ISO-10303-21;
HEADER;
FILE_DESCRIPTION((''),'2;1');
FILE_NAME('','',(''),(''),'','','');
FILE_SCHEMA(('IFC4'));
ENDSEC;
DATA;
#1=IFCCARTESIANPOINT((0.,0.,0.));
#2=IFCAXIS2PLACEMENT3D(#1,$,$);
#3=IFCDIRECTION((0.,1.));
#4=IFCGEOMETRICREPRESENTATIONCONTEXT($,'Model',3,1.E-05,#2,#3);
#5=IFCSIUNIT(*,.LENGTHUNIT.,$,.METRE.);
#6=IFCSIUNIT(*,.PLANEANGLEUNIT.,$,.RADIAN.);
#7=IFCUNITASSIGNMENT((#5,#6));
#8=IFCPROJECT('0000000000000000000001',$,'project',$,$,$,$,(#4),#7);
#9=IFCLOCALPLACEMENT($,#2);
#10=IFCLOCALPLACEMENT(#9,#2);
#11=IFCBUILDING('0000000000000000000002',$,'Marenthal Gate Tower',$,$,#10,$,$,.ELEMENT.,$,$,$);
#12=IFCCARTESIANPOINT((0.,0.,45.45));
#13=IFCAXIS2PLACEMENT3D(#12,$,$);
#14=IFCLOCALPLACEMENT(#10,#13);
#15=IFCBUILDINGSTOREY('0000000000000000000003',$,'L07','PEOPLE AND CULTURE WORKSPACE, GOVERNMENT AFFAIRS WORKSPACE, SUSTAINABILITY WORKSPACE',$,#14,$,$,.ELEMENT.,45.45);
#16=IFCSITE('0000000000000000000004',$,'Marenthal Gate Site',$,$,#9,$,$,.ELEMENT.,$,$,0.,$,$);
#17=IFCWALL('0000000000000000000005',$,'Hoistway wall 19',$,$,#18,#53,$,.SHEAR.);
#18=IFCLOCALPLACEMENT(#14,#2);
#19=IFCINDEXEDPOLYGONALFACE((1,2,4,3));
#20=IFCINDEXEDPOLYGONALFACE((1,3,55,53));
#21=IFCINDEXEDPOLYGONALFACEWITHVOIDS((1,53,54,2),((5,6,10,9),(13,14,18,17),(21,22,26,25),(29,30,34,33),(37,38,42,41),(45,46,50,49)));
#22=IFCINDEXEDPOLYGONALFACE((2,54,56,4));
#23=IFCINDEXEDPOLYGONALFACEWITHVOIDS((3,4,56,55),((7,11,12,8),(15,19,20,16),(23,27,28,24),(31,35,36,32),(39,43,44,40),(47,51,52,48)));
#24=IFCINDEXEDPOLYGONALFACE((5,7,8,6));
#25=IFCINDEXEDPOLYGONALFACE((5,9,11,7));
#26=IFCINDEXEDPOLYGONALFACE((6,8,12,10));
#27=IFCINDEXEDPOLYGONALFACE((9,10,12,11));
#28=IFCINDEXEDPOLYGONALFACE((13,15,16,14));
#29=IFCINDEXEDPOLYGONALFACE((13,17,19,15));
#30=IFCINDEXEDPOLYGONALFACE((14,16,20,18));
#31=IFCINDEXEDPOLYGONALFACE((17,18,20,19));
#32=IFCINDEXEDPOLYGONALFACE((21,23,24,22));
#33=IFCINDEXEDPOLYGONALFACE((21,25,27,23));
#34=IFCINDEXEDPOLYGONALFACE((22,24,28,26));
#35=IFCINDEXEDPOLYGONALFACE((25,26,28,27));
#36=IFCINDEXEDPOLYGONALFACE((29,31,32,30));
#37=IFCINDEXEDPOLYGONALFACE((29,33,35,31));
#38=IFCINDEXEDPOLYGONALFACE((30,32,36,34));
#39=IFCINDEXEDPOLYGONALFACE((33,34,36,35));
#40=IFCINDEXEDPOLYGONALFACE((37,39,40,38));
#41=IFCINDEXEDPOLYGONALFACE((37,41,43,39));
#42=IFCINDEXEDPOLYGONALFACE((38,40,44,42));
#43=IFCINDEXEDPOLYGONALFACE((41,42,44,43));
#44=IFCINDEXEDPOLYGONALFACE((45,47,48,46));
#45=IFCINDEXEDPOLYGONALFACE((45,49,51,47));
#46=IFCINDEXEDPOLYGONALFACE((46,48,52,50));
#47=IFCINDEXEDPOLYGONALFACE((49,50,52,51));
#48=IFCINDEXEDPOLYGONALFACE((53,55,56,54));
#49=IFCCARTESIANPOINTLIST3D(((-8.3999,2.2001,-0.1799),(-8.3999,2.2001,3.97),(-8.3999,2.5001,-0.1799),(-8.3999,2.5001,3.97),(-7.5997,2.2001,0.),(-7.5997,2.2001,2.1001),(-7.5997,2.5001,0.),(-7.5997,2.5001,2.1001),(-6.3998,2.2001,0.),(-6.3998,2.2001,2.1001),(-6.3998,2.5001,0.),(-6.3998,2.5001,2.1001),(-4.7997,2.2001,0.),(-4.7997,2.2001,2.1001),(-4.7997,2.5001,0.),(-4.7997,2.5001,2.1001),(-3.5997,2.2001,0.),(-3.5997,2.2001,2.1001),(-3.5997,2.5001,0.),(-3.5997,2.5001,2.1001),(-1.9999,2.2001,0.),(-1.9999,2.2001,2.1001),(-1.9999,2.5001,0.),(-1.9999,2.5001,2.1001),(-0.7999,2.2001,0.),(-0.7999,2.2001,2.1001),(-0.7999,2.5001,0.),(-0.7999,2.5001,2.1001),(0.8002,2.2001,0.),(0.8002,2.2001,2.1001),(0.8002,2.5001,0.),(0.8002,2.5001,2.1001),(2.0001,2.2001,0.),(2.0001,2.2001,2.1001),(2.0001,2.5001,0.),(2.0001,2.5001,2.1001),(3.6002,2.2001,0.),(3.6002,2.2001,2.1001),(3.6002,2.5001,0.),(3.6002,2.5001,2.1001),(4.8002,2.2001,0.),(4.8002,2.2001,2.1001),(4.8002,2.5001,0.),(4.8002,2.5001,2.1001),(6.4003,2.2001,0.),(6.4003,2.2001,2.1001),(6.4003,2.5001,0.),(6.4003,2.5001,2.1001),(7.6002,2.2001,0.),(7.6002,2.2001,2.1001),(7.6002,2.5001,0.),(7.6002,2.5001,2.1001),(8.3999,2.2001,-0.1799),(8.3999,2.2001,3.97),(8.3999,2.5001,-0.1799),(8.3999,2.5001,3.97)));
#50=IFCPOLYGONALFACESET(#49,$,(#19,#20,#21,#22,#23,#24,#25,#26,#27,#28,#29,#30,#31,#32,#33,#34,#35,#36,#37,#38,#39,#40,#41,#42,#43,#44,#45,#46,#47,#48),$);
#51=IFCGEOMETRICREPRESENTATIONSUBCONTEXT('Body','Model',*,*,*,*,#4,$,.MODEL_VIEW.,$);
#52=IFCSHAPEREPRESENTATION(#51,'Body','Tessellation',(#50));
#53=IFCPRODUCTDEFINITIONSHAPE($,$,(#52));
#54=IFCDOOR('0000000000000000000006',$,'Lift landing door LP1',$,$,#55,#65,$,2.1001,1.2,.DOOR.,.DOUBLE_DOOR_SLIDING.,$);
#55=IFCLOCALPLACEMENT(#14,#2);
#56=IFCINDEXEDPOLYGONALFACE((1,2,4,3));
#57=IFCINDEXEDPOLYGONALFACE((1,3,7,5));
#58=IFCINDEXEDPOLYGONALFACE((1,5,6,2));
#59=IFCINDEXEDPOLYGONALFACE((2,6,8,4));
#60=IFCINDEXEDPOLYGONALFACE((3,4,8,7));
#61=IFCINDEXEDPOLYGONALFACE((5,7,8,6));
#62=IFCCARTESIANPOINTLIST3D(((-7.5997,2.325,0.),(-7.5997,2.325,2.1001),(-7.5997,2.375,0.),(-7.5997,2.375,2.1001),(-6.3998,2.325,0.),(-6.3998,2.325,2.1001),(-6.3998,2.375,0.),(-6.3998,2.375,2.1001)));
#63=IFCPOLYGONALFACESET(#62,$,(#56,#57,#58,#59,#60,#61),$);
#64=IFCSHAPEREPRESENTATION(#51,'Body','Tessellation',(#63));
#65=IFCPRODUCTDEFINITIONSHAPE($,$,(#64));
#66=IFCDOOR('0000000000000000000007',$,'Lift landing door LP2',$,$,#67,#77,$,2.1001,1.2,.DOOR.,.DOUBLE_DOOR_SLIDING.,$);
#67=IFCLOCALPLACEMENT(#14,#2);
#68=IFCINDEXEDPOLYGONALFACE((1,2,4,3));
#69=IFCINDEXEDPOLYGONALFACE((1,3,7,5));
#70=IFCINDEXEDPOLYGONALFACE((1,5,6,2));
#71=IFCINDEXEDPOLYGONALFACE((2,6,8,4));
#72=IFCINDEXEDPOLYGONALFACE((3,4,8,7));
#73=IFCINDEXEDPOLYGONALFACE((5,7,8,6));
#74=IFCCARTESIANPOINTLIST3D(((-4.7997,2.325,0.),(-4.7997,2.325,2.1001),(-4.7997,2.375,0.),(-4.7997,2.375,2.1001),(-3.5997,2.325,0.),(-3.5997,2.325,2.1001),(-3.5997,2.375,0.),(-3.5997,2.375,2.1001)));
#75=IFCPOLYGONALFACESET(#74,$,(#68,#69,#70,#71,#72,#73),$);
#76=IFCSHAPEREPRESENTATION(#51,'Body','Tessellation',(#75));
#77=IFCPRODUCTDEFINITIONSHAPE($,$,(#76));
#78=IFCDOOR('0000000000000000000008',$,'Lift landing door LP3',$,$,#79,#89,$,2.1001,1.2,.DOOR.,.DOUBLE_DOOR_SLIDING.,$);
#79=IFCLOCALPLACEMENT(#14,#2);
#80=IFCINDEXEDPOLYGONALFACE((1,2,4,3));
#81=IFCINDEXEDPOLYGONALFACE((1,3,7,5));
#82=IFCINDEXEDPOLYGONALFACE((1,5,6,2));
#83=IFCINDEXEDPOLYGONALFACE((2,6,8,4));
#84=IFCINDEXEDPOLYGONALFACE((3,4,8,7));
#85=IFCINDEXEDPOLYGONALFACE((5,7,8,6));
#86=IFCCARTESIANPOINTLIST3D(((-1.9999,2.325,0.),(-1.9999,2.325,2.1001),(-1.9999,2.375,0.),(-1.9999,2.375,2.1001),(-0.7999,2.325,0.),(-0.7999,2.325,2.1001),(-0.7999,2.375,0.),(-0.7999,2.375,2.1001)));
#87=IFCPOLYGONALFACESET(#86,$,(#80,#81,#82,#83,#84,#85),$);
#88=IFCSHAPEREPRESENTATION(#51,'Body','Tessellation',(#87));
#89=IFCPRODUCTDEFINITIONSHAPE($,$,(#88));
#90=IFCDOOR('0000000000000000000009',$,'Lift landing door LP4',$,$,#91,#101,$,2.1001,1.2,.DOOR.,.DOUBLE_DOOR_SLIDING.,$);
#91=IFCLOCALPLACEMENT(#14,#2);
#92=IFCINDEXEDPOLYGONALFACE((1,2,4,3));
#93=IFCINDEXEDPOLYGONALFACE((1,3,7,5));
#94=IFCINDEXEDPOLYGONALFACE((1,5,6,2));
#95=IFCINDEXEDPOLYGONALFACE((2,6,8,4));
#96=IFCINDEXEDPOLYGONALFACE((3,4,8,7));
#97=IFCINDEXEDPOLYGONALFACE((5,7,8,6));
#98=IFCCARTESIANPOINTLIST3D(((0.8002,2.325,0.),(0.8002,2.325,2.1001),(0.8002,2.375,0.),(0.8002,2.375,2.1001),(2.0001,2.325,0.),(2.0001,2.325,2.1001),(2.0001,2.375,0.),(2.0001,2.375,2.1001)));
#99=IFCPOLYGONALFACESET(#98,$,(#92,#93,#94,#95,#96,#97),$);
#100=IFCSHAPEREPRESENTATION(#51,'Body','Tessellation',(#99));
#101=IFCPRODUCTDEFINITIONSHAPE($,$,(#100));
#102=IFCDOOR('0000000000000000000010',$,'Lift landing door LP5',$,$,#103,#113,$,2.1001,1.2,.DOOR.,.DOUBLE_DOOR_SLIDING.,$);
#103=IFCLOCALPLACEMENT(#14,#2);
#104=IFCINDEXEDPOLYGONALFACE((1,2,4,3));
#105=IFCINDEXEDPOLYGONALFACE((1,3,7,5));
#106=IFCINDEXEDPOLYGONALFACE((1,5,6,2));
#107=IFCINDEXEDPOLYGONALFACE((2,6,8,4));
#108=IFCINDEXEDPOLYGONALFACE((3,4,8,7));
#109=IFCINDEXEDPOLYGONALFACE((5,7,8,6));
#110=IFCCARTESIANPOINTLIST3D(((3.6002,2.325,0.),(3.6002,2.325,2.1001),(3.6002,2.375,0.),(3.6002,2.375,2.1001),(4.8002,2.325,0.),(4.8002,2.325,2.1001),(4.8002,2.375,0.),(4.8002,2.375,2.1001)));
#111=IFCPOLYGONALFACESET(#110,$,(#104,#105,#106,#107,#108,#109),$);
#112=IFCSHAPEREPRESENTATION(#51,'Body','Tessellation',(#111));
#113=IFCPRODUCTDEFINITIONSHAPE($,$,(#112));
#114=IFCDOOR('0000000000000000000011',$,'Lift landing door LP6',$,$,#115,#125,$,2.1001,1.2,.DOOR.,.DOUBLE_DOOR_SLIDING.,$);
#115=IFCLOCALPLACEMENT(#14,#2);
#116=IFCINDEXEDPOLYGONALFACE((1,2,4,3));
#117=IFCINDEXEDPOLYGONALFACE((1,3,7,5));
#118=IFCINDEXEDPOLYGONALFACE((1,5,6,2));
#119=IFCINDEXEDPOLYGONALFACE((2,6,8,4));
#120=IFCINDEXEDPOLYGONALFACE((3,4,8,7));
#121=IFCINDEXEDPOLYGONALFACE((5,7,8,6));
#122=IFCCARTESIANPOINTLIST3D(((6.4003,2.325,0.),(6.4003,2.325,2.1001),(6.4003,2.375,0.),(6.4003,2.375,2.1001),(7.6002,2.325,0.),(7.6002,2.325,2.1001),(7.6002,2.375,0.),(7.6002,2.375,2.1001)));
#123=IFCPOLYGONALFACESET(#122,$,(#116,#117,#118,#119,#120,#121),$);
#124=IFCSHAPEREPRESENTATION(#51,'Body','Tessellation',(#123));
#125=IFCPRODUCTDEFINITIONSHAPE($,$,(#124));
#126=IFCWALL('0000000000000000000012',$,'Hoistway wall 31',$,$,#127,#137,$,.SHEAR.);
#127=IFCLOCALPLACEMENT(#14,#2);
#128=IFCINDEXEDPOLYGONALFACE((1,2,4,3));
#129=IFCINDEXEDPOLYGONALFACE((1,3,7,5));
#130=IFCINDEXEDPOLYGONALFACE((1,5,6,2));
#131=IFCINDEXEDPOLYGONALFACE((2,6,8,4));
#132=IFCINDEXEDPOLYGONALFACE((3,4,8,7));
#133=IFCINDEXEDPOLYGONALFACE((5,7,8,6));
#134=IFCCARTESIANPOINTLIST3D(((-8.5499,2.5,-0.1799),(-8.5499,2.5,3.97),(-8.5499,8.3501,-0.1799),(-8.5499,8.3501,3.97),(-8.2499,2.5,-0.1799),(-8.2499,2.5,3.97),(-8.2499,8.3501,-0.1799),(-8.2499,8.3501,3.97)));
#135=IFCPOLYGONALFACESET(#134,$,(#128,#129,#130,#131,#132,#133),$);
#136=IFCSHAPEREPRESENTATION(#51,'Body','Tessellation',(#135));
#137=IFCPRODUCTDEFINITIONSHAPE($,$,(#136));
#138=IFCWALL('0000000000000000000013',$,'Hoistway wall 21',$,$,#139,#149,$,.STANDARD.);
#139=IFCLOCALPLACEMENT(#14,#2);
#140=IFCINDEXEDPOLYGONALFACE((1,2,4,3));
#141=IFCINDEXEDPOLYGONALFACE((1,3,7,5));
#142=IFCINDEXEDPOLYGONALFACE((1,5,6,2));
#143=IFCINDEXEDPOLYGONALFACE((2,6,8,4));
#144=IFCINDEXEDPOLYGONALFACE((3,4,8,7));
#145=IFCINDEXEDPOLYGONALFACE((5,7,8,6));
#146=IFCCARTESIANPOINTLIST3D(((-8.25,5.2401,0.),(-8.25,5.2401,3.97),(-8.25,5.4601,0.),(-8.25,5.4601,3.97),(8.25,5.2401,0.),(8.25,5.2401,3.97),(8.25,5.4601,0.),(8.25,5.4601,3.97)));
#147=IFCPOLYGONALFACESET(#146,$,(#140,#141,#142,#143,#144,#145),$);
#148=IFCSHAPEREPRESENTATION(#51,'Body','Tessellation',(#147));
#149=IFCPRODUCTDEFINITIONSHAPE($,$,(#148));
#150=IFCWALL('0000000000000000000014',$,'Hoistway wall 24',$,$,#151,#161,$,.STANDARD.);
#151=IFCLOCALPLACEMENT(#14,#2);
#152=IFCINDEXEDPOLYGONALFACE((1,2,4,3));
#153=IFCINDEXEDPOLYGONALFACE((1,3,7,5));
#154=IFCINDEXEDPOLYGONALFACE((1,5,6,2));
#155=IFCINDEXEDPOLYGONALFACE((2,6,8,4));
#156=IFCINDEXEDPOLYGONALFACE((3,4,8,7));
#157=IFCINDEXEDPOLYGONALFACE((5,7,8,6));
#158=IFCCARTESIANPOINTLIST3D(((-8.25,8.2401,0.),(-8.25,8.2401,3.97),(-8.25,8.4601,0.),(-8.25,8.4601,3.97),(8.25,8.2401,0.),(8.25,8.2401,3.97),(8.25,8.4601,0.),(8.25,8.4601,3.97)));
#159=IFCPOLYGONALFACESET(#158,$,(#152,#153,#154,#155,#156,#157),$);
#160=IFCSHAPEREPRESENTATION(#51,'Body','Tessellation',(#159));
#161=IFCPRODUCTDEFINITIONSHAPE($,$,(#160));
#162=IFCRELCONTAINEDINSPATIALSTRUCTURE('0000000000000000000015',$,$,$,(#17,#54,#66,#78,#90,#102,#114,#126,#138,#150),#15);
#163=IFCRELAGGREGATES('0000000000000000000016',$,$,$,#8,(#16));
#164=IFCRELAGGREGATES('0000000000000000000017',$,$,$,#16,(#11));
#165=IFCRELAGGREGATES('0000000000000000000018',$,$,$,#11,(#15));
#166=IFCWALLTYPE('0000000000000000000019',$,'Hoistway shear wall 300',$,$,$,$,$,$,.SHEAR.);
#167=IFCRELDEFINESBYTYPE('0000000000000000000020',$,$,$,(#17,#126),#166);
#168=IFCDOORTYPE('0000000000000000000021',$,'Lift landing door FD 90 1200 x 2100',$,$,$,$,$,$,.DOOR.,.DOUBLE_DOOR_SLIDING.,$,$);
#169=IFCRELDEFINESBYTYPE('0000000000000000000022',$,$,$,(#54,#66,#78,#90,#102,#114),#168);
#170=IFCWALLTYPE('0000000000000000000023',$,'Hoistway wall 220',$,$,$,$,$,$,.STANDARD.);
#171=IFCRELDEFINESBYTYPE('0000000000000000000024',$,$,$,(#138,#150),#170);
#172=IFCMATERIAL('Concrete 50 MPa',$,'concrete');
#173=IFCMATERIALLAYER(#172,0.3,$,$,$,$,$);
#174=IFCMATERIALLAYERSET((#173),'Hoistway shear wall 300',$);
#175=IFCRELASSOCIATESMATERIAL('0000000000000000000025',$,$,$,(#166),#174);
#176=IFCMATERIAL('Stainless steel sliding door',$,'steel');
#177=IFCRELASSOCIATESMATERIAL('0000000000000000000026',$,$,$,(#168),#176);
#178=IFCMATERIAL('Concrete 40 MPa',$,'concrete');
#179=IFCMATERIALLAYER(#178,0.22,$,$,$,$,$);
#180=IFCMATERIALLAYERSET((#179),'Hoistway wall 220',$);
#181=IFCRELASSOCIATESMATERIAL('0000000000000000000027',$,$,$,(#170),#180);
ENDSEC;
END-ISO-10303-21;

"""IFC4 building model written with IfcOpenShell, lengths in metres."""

from ifc_helpers import new_model, si_unit, direction, frame, frame_2d, origin, place, context, subcontext, project, spatial, rectangle, extrude, material, layer, layer_set, type_object, element, fill, save


model = new_model("IFC4")

# Units and contexts
model_context = context("Model", 3, precision=1e-05, world=origin(), true_north=direction((0.0, 1.0)))
body_context = subcontext(model_context, "Body", "Model", "MODEL_VIEW")
ifc_project = project(units=[si_unit("LENGTHUNIT", "METRE"), si_unit("PLANEANGLEUNIT", "RADIAN")], contexts=[model_context])

# Site, building, storey
site_placement = place(None, origin())
site = spatial("IfcSite", under=ifc_project, at=site_placement, Name="Marenthal Gate Site", CompositionType="ELEMENT", RefElevation=0.0)
building_placement = place(site_placement, origin())
building = spatial("IfcBuilding", under=site, at=building_placement, Name="Marenthal Gate Tower", CompositionType="ELEMENT")
storey_placement = place(building_placement, frame((0.0, 0.0, 45.45)))
storey = spatial("IfcBuildingStorey", under=building, at=storey_placement, Name="L07", Description="PEOPLE AND CULTURE WORKSPACE, GOVERNMENT AFFAIRS WORKSPACE, SUSTAINABILITY WORKSPACE", CompositionType="ELEMENT", Elevation=45.45)

# Wall, openings, doors
ifc_material_1 = material(Name="Concrete 50 MPa", Category="concrete")
ifc_layer_1 = layer(ifc_material_1, 0.3)
ifc_layer_set_1 = layer_set([ifc_layer_1], Name="Hoistway shear wall 300")
wall_type_1 = type_object("IfcWallType", Name="Hoistway shear wall 300", PredefinedType="SHEAR", material=ifc_layer_set_1)
wall_1_placement = place(storey_placement, frame((-8.3999, 2.3501, -0.1799), z_axis=(0.0, 0.0, 1.0), x_axis=(1.0, 0.0, 0.0)))
wall_1 = element("IfcWall", 1, at=wall_1_placement, inside=storey, type_object=wall_type_1, Name="Hoistway wall 19", PredefinedType="SHEAR", context=body_context, shape_type="SweptSolid", body=[
    extrude(rectangle(XDim=16.7998, YDim=0.3, at=frame_2d((8.3999, 0.0))), origin(), (0.0, 0.0, 1.0), 4.1499),
])
opening_1_placement = place(wall_1_placement, frame((0.8, 0.0, 0.1799)))
opening_1 = element("IfcOpeningElement", 2, at=opening_1_placement, cuts=wall_1, PredefinedType="OPENING", context=body_context, shape_type="SweptSolid", body=[
    extrude(rectangle(XDim=1.2, YDim=2.1001, at=frame_2d((0.6001, 1.05))), frame((0.0, 0.1602, 0.0), z_axis=(0.0, -1.0, 0.0), x_axis=(1.0, 0.0, 0.0)), (0.0, 0.0, 1.0), 0.3201),
])
opening_2_placement = place(wall_1_placement, frame((3.6001, 0.0, 0.1799)))
opening_2 = element("IfcOpeningElement", 3, at=opening_2_placement, cuts=wall_1, PredefinedType="OPENING", context=body_context, shape_type="SweptSolid", body=[
    extrude(rectangle(XDim=1.2, YDim=2.1001, at=frame_2d((0.6001, 1.05))), frame((0.0, 0.1602, 0.0), z_axis=(0.0, -1.0, 0.0), x_axis=(1.0, 0.0, 0.0)), (0.0, 0.0, 1.0), 0.3201),
])
opening_3_placement = place(wall_1_placement, frame((6.3999, 0.0, 0.1799)))
opening_3 = element("IfcOpeningElement", 4, at=opening_3_placement, cuts=wall_1, PredefinedType="OPENING", context=body_context, shape_type="SweptSolid", body=[
    extrude(rectangle(XDim=1.2, YDim=2.1001, at=frame_2d((0.6001, 1.05))), frame((0.0, 0.1602, 0.0), z_axis=(0.0, -1.0, 0.0), x_axis=(1.0, 0.0, 0.0)), (0.0, 0.0, 1.0), 0.3201),
])
opening_4_placement = place(wall_1_placement, frame((9.2, 0.0, 0.1799)))
opening_4 = element("IfcOpeningElement", 5, at=opening_4_placement, cuts=wall_1, PredefinedType="OPENING", context=body_context, shape_type="SweptSolid", body=[
    extrude(rectangle(XDim=1.2, YDim=2.1001, at=frame_2d((0.6001, 1.05))), frame((0.0, 0.1602, 0.0), z_axis=(0.0, -1.0, 0.0), x_axis=(1.0, 0.0, 0.0)), (0.0, 0.0, 1.0), 0.3201),
])
opening_5_placement = place(wall_1_placement, frame((12.0, 0.0, 0.1799)))
opening_5 = element("IfcOpeningElement", 6, at=opening_5_placement, cuts=wall_1, PredefinedType="OPENING", context=body_context, shape_type="SweptSolid", body=[
    extrude(rectangle(XDim=1.2, YDim=2.1001, at=frame_2d((0.6001, 1.05))), frame((0.0, 0.1602, 0.0), z_axis=(0.0, -1.0, 0.0), x_axis=(1.0, 0.0, 0.0)), (0.0, 0.0, 1.0), 0.3201),
])
opening_6_placement = place(wall_1_placement, frame((14.8, 0.0, 0.1799)))
opening_6 = element("IfcOpeningElement", 7, at=opening_6_placement, cuts=wall_1, PredefinedType="OPENING", context=body_context, shape_type="SweptSolid", body=[
    extrude(rectangle(XDim=1.2, YDim=2.1001, at=frame_2d((0.6001, 1.05))), frame((0.0, 0.1602, 0.0), z_axis=(0.0, -1.0, 0.0), x_axis=(1.0, 0.0, 0.0)), (0.0, 0.0, 1.0), 0.3201),
])
ifc_material_2 = material(Name="Stainless steel sliding door", Category="steel")
door_type_1 = type_object("IfcDoorType", Name="Lift landing door FD 90 1200 x 2100", OperationType="DOUBLE_DOOR_SLIDING", PredefinedType="DOOR", material=ifc_material_2)
door_1_placement = place(opening_1_placement, origin())
door_1 = element("IfcDoor", 8, at=door_1_placement, inside=storey, type_object=door_type_1, Name="Lift landing door LP1", OperationType="DOUBLE_DOOR_SLIDING", OverallHeight=2.1001, OverallWidth=1.2, PredefinedType="DOOR", context=body_context, shape_type="SweptSolid", body=[
    extrude(rectangle(XDim=1.2, YDim=2.1001, at=frame_2d((0.6001, 1.05))), frame((0.0, 0.0249, 0.0), z_axis=(0.0, -1.0, 0.0), x_axis=(1.0, 0.0, 0.0)), (0.0, 0.0, 1.0), 0.05),
])
fill(opening_1, door_1)
door_2_placement = place(opening_2_placement, origin())
door_2 = element("IfcDoor", 9, at=door_2_placement, inside=storey, type_object=door_type_1, Name="Lift landing door LP2", OperationType="DOUBLE_DOOR_SLIDING", OverallHeight=2.1001, OverallWidth=1.2, PredefinedType="DOOR", context=body_context, shape_type="SweptSolid", body=[
    extrude(rectangle(XDim=1.2, YDim=2.1001, at=frame_2d((0.6001, 1.05))), frame((0.0, 0.0249, 0.0), z_axis=(0.0, -1.0, 0.0), x_axis=(1.0, 0.0, 0.0)), (0.0, 0.0, 1.0), 0.05),
])
fill(opening_2, door_2)
door_3_placement = place(opening_3_placement, origin())
door_3 = element("IfcDoor", 10, at=door_3_placement, inside=storey, type_object=door_type_1, Name="Lift landing door LP3", OperationType="DOUBLE_DOOR_SLIDING", OverallHeight=2.1001, OverallWidth=1.2, PredefinedType="DOOR", context=body_context, shape_type="SweptSolid", body=[
    extrude(rectangle(XDim=1.2, YDim=2.1001, at=frame_2d((0.6001, 1.05))), frame((0.0, 0.0249, 0.0), z_axis=(0.0, -1.0, 0.0), x_axis=(1.0, 0.0, 0.0)), (0.0, 0.0, 1.0), 0.05),
])
fill(opening_3, door_3)
door_4_placement = place(opening_4_placement, origin())
door_4 = element("IfcDoor", 11, at=door_4_placement, inside=storey, type_object=door_type_1, Name="Lift landing door LP4", OperationType="DOUBLE_DOOR_SLIDING", OverallHeight=2.1001, OverallWidth=1.2, PredefinedType="DOOR", context=body_context, shape_type="SweptSolid", body=[
    extrude(rectangle(XDim=1.2, YDim=2.1001, at=frame_2d((0.6001, 1.05))), frame((0.0, 0.0249, 0.0), z_axis=(0.0, -1.0, 0.0), x_axis=(1.0, 0.0, 0.0)), (0.0, 0.0, 1.0), 0.05),
])
fill(opening_4, door_4)
door_5_placement = place(opening_5_placement, origin())
door_5 = element("IfcDoor", 12, at=door_5_placement, inside=storey, type_object=door_type_1, Name="Lift landing door LP5", OperationType="DOUBLE_DOOR_SLIDING", OverallHeight=2.1001, OverallWidth=1.2, PredefinedType="DOOR", context=body_context, shape_type="SweptSolid", body=[
    extrude(rectangle(XDim=1.2, YDim=2.1001, at=frame_2d((0.6001, 1.05))), frame((0.0, 0.0249, 0.0), z_axis=(0.0, -1.0, 0.0), x_axis=(1.0, 0.0, 0.0)), (0.0, 0.0, 1.0), 0.05),
])
fill(opening_5, door_5)
door_6_placement = place(opening_6_placement, origin())
door_6 = element("IfcDoor", 13, at=door_6_placement, inside=storey, type_object=door_type_1, Name="Lift landing door LP6", OperationType="DOUBLE_DOOR_SLIDING", OverallHeight=2.1001, OverallWidth=1.2, PredefinedType="DOOR", context=body_context, shape_type="SweptSolid", body=[
    extrude(rectangle(XDim=1.2, YDim=2.1001, at=frame_2d((0.6001, 1.05))), frame((0.0, 0.0249, 0.0), z_axis=(0.0, -1.0, 0.0), x_axis=(1.0, 0.0, 0.0)), (0.0, 0.0, 1.0), 0.05),
])
fill(opening_6, door_6)

# Walls
wall_2_placement = place(storey_placement, frame((-8.3999, 2.5, -0.1799), z_axis=(0.0, 0.0, 1.0), x_axis=(0.0, 1.0, 0.0)))
element("IfcWall", 14, at=wall_2_placement, inside=storey, type_object=wall_type_1, Name="Hoistway wall 31", PredefinedType="SHEAR", context=body_context, shape_type="SweptSolid", body=[
    extrude(rectangle(XDim=5.8501, YDim=0.3, at=frame_2d((2.925, 0.0))), origin(), (0.0, 0.0, 1.0), 4.1499),
])
ifc_material_3 = material(Name="Concrete 40 MPa", Category="concrete")
ifc_layer_2 = layer(ifc_material_3, 0.22)
ifc_layer_set_2 = layer_set([ifc_layer_2], Name="Hoistway wall 220")
wall_type_2 = type_object("IfcWallType", Name="Hoistway wall 220", PredefinedType="STANDARD", material=ifc_layer_set_2)
for number, where, z_axis, x_axis, name in (
    (15, (-8.25, 5.3501, 0.0), (0.0, 0.0, 1.0), (1.0, 0.0, 0.0), "Hoistway wall 21"),
    (16, (-8.25, 8.3501, 0.0), (0.0, 0.0, 1.0), (1.0, 0.0, 0.0), "Hoistway wall 24"),
):
    element("IfcWall", number, at=place(storey_placement, frame(where, z_axis=z_axis, x_axis=x_axis)), inside=storey, type_object=wall_type_2, Name=name, PredefinedType="STANDARD", context=body_context, shape_type="SweptSolid", body=[
        extrude(rectangle(XDim=16.5, YDim=0.22, at=frame_2d((8.25, 0.0))), origin(), (0.0, 0.0, 1.0), 3.97),
    ])

save(model, "model.ifc")
